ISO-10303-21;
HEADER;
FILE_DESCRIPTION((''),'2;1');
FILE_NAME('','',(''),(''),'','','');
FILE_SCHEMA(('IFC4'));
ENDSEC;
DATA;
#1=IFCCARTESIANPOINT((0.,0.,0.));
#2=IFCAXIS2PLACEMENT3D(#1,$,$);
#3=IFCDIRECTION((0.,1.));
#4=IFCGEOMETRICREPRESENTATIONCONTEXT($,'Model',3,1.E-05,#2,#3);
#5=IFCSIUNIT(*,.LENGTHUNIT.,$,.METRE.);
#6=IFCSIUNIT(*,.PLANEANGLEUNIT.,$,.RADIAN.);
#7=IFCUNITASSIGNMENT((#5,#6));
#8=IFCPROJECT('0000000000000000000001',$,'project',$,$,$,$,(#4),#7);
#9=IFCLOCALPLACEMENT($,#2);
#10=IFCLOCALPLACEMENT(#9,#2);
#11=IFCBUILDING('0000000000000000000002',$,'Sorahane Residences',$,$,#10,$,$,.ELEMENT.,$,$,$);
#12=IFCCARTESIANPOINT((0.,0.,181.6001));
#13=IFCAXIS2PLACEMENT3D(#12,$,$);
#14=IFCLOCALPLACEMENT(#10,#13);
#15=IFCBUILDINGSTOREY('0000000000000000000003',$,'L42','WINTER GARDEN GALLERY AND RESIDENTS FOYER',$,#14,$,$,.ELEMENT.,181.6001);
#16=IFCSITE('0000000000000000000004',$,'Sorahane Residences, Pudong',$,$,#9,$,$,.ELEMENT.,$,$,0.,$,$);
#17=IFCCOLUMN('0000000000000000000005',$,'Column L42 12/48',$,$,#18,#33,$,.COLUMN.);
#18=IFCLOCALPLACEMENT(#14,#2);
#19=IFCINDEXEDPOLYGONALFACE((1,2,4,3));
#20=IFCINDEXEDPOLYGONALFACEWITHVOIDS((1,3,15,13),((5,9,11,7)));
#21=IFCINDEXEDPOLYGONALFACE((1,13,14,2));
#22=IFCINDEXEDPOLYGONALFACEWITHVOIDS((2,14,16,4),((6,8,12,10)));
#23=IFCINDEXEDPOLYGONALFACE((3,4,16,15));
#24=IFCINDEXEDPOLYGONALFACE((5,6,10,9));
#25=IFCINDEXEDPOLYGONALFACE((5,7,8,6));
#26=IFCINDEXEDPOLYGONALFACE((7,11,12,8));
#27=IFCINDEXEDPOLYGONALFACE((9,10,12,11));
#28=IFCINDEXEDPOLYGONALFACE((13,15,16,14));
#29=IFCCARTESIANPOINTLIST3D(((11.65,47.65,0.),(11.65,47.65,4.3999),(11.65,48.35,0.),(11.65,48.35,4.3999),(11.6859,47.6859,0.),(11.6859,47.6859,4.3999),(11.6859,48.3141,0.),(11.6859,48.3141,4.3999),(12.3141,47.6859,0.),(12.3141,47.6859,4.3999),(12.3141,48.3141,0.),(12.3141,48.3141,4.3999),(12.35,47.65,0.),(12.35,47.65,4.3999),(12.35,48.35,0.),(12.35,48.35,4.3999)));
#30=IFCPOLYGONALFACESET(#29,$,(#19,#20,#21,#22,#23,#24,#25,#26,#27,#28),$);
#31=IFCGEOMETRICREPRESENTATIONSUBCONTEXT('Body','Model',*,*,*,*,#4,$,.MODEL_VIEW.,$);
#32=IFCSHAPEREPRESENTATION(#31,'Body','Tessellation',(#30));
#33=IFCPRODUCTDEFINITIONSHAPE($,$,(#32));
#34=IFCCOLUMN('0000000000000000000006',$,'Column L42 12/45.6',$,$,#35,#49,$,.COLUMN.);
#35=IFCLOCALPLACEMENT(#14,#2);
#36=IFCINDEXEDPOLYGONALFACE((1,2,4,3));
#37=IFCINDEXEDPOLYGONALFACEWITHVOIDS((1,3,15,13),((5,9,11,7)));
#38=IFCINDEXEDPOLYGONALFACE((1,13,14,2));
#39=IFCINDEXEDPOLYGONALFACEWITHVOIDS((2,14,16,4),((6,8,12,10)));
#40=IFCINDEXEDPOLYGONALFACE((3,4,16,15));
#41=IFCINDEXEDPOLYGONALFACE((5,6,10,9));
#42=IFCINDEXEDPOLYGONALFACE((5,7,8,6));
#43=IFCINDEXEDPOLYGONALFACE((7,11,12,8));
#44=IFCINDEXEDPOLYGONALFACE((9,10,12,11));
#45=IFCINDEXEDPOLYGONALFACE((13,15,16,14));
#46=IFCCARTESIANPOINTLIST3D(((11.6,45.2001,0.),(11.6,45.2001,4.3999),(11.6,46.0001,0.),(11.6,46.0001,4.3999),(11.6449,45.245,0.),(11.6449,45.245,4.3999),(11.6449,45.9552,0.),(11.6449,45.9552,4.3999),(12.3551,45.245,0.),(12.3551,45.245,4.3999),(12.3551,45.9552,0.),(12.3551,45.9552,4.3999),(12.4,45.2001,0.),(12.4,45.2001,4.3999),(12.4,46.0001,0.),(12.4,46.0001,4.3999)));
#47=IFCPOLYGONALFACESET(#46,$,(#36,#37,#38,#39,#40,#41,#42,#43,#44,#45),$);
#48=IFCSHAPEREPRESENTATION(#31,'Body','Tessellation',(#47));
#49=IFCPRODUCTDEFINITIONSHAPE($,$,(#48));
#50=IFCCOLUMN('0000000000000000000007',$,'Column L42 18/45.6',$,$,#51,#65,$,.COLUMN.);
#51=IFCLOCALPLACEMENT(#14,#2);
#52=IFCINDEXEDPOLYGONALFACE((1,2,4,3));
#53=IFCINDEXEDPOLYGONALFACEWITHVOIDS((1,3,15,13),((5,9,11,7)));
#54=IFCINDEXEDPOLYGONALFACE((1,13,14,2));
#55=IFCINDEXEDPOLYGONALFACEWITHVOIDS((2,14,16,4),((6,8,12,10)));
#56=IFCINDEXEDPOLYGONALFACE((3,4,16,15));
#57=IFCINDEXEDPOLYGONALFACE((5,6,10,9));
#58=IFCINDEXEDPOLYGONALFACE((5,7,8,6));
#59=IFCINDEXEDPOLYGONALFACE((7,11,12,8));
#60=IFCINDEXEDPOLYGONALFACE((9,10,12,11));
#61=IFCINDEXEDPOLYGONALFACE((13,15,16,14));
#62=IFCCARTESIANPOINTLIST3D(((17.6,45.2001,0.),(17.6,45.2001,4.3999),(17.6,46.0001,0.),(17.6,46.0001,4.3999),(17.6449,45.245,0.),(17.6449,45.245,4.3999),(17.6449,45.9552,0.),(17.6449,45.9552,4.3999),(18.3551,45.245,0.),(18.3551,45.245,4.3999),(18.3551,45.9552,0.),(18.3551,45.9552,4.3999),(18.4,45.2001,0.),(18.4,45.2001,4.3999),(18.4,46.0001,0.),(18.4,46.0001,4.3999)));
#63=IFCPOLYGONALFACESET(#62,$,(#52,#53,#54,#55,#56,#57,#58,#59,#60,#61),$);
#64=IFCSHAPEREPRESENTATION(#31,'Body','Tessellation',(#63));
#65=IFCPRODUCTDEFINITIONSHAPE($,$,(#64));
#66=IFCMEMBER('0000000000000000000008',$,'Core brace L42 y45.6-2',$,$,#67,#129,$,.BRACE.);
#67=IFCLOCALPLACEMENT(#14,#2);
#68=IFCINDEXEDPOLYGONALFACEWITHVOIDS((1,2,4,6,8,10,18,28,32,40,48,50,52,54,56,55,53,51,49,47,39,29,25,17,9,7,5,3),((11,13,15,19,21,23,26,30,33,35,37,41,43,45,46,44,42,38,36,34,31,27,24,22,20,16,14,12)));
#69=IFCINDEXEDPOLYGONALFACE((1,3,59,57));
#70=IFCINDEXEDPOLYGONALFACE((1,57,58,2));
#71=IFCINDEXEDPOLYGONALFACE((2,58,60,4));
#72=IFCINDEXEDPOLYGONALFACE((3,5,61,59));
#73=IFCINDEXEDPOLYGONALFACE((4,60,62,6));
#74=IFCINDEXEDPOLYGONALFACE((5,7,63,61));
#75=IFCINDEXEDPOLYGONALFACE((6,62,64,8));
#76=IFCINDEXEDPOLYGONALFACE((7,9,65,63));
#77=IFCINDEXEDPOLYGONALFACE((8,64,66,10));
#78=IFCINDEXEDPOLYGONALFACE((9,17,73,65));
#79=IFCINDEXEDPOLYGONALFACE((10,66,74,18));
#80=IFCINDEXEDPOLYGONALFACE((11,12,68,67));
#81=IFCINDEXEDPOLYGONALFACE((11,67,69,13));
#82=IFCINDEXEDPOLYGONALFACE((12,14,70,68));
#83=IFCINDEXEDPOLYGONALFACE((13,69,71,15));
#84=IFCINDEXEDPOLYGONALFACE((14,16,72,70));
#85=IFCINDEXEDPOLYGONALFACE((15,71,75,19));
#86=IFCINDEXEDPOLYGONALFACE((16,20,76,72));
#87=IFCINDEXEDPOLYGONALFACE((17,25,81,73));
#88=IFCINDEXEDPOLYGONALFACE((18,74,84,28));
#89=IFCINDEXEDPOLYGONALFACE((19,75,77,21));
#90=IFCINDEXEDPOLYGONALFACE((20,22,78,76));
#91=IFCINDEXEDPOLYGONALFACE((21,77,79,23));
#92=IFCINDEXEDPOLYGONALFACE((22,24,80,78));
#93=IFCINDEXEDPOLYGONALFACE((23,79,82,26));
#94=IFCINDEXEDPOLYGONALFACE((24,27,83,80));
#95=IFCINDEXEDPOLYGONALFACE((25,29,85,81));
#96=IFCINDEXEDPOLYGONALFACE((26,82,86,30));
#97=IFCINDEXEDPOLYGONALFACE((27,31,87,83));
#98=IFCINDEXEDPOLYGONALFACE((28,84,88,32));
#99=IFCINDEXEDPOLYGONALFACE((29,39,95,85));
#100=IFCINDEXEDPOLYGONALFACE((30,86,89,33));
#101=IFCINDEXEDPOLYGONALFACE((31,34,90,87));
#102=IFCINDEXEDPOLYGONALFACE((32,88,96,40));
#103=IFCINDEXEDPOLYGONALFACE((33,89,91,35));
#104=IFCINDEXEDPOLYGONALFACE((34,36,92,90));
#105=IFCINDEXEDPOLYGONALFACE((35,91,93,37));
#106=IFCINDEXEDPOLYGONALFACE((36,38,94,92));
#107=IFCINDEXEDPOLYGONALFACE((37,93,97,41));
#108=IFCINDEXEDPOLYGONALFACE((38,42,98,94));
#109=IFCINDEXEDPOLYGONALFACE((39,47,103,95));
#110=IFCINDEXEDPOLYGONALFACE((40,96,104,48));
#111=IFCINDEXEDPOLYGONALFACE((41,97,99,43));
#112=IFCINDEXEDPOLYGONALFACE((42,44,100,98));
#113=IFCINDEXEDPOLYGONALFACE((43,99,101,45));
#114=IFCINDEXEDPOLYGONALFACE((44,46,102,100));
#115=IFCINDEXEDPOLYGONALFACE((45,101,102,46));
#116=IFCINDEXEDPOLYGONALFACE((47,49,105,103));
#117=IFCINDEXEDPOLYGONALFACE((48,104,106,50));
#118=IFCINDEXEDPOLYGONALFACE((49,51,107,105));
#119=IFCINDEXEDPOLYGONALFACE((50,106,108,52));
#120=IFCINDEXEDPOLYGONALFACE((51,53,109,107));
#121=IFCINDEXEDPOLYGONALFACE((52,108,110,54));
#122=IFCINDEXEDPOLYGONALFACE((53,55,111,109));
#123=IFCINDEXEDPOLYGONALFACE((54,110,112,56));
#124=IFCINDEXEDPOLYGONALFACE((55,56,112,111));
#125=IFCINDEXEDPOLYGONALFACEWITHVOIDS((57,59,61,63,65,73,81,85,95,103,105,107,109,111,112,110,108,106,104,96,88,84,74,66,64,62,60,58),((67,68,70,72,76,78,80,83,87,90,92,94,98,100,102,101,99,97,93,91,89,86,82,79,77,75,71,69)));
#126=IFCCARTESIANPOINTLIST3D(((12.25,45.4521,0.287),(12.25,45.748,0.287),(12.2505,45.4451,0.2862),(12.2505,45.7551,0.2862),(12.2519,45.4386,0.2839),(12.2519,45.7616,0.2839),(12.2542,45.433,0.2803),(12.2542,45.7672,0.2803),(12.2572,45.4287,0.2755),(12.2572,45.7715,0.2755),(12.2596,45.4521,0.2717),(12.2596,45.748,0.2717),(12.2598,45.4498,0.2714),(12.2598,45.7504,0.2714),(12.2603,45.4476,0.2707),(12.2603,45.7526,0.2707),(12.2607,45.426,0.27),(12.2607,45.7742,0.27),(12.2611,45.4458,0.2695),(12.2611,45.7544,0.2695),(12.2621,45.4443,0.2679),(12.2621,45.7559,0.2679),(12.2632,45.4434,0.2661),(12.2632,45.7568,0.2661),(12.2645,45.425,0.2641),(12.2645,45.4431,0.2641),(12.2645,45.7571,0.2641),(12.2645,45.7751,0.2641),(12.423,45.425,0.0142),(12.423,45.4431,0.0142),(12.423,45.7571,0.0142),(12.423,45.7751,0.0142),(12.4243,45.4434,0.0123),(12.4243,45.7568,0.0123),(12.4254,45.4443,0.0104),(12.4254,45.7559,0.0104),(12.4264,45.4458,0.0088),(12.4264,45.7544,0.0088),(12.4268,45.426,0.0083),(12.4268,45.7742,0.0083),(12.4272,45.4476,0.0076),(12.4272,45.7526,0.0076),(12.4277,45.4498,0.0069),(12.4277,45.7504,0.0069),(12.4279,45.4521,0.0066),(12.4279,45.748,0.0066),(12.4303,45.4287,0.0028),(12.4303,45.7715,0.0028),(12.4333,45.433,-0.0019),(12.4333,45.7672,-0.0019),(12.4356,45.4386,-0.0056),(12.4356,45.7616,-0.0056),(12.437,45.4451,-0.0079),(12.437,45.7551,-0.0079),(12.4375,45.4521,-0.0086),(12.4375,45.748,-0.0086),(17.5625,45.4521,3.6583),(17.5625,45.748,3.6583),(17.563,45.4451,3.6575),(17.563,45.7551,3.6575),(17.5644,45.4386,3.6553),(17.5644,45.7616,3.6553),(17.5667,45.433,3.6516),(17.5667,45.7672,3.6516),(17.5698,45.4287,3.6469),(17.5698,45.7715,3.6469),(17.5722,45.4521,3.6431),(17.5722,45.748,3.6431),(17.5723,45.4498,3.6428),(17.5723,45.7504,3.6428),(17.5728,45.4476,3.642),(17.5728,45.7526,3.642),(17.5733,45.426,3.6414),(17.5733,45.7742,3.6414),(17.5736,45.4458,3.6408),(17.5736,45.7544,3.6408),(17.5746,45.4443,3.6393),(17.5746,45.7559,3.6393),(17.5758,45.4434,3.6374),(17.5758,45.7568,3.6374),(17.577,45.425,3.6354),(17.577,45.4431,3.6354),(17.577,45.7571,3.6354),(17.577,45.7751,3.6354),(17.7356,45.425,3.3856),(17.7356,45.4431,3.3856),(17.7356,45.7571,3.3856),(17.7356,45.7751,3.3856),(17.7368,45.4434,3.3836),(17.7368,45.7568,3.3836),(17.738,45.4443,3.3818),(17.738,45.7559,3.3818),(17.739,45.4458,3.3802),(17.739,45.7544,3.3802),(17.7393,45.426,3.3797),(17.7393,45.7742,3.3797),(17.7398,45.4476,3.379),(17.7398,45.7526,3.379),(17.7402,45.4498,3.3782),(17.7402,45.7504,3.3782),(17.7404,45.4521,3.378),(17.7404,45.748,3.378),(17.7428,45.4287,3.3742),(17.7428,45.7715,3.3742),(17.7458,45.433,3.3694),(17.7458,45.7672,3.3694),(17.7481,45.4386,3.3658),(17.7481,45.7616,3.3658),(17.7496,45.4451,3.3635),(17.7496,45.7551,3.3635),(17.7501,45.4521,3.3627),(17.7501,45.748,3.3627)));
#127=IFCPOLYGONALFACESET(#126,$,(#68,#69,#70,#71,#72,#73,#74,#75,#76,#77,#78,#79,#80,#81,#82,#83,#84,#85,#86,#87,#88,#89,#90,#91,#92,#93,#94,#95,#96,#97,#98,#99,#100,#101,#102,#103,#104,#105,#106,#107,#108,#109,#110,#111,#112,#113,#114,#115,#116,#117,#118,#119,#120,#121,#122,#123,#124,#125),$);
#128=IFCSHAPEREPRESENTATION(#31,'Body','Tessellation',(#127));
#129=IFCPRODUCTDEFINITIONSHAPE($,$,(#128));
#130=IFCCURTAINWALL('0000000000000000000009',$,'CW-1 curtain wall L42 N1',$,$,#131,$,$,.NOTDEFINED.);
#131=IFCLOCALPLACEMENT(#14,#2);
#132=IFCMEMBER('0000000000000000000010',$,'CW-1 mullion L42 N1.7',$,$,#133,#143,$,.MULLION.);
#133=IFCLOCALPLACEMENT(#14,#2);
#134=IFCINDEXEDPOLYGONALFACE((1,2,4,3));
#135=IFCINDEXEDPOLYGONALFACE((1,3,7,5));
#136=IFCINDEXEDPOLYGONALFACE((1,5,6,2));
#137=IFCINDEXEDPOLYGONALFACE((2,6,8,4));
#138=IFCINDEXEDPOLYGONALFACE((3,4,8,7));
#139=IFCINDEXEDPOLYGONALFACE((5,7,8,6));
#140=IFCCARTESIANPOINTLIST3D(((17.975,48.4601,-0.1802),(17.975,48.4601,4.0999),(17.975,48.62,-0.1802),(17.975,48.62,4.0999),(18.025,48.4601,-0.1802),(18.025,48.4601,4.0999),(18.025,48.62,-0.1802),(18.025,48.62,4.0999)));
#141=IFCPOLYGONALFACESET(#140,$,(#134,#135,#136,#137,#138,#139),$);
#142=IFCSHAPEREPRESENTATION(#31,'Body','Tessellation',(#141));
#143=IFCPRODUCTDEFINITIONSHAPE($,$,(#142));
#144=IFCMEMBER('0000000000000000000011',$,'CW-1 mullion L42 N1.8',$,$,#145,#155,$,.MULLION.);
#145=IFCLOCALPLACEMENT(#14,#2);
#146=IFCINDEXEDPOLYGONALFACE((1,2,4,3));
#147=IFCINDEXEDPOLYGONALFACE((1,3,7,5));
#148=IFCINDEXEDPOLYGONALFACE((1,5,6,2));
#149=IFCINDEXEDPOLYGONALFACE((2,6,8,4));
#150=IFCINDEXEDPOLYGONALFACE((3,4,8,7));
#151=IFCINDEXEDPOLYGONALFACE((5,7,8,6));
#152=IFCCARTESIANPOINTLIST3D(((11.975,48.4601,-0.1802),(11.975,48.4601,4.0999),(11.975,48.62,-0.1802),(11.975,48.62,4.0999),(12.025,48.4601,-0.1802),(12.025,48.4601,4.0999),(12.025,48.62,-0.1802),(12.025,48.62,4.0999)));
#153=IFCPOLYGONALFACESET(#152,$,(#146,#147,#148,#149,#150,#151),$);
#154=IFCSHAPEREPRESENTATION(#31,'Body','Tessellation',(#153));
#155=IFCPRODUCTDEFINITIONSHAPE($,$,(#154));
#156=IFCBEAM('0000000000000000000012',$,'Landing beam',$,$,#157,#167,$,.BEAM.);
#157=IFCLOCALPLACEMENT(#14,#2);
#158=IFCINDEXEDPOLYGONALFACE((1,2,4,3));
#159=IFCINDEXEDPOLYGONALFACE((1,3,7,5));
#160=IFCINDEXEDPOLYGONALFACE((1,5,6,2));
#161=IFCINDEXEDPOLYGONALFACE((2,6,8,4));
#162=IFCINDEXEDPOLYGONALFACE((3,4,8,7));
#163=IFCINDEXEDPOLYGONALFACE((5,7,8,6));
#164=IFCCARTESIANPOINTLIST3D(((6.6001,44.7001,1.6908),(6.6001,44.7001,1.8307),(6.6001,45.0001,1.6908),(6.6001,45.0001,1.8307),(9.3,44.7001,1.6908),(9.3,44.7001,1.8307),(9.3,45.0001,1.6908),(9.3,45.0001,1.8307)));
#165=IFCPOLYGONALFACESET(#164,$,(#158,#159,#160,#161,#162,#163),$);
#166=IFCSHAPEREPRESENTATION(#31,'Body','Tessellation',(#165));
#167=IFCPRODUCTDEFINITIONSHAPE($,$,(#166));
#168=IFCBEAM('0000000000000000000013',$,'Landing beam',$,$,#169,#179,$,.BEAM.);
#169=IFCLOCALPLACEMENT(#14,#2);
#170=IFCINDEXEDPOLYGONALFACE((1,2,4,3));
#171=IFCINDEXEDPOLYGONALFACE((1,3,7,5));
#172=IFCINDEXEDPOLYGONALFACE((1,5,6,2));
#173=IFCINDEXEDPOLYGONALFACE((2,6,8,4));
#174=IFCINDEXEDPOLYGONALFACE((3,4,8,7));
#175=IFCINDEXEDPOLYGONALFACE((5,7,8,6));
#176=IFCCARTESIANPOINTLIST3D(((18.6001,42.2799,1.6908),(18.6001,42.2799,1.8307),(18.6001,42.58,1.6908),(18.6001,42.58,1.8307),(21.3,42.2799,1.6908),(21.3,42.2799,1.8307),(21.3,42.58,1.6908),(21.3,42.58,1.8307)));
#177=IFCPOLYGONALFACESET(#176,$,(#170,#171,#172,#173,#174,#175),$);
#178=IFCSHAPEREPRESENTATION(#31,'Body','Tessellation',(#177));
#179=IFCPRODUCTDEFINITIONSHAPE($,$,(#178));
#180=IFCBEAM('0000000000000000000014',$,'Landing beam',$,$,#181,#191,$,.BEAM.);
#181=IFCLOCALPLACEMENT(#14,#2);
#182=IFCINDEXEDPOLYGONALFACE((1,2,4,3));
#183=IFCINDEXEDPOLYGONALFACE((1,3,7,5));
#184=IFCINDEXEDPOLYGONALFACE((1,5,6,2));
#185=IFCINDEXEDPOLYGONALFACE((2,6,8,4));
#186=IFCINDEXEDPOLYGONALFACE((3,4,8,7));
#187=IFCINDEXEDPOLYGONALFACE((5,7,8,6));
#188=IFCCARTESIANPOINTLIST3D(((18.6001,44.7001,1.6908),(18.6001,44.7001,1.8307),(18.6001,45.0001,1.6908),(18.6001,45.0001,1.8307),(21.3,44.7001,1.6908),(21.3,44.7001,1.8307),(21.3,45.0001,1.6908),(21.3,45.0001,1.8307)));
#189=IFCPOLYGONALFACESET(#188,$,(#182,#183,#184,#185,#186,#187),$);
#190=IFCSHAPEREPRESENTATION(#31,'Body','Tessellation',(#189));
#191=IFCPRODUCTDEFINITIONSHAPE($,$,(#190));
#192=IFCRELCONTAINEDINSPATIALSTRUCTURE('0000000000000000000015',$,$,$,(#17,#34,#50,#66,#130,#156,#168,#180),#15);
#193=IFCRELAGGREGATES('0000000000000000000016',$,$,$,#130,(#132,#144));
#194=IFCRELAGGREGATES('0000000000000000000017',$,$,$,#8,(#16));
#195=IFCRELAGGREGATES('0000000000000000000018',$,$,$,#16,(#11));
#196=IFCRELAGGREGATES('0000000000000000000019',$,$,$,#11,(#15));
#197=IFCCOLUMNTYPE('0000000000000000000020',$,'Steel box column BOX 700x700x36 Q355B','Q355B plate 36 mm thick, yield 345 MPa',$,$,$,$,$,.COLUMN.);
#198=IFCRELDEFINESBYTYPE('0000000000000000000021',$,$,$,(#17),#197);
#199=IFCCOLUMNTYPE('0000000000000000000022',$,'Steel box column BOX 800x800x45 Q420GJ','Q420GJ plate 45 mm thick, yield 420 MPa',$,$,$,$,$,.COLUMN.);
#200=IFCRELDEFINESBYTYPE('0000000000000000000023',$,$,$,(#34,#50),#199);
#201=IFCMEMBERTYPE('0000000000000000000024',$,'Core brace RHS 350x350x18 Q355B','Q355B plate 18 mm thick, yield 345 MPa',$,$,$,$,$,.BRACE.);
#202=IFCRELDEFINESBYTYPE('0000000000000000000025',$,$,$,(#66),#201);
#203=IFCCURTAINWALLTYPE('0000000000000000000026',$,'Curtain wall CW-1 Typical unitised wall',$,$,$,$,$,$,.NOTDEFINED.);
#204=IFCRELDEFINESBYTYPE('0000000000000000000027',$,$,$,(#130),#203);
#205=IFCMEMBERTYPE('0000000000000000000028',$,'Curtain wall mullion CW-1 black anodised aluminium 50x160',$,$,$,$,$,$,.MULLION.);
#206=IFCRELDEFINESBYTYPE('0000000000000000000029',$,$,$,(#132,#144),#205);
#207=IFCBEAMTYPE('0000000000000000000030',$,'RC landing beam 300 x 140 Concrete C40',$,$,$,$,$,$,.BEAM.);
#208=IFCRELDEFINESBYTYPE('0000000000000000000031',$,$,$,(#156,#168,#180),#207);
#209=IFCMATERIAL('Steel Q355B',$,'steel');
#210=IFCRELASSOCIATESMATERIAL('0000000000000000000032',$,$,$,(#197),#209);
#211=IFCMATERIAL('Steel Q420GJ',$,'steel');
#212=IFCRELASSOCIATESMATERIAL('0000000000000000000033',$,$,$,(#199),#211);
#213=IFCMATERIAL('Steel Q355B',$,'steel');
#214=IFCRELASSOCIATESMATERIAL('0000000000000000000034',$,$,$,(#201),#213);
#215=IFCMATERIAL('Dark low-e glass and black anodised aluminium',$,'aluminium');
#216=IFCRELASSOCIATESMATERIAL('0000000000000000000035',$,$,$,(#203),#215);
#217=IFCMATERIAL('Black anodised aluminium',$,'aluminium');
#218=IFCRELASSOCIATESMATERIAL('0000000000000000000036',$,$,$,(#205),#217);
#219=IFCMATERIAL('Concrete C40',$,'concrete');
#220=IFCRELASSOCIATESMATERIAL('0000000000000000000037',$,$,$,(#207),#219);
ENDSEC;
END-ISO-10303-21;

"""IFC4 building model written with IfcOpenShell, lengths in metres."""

from ifc_helpers import new_model, si_unit, direction, frame, origin, origin_2d, place, context, subcontext, project, spatial, rectangle, hollow_rectangle, extrude, material, material_profile, profile_set, type_object, element, aggregate, save


model = new_model("IFC4")

# Units and contexts
model_context = context("Model", 3, precision=1e-05, world=origin(), true_north=direction((0.0, 1.0)))
body_context = subcontext(model_context, "Body", "Model", "MODEL_VIEW")
ifc_project = project(units=[si_unit("LENGTHUNIT", "METRE"), si_unit("PLANEANGLEUNIT", "RADIAN")], contexts=[model_context])

# Site, building, storey
site_placement = place(None, origin())
site = spatial("IfcSite", under=ifc_project, at=site_placement, Name="Sorahane Residences, Pudong", CompositionType="ELEMENT", RefElevation=0.0)
building_placement = place(site_placement, origin())
building = spatial("IfcBuilding", under=site, at=building_placement, Name="Sorahane Residences", CompositionType="ELEMENT")
storey_placement = place(building_placement, frame((0.0, 0.0, 181.6001)))
storey = spatial("IfcBuildingStorey", under=building, at=storey_placement, Name="L42", Description="WINTER GARDEN GALLERY AND RESIDENTS FOYER", CompositionType="ELEMENT", Elevation=181.6001)

# Columns
ifc_material_1 = material(Name="Steel Q355B", Category="steel")
ifc_material_profile_1 = material_profile(ifc_material_1, hollow_rectangle(XDim=0.7, YDim=0.7, WallThickness=0.0359, at=origin_2d()), Name="BOX 700x700x36")
ifc_profile_set_1 = profile_set([ifc_material_profile_1], Name="Steel Q355B")
column_type_1 = type_object("IfcColumnType", Name="Steel box column BOX 700x700x36 Q355B", Description="Q355B plate 36 mm thick, yield 345 MPa", PredefinedType="COLUMN", material=ifc_profile_set_1)
column_placement = place(storey_placement, frame((12.0, 48.0, 0.0), z_axis=(0.0, 0.0, 1.0), x_axis=(1.0, 0.0, 0.0)))
element("IfcColumn", 1, at=column_placement, inside=storey, type_object=column_type_1, Name="Column L42 12/48", PredefinedType="COLUMN", context=body_context, shape_type="SweptSolid", body=[
    extrude(hollow_rectangle(XDim=0.7, YDim=0.7, WallThickness=0.0359, at=origin_2d()), origin(), (0.0, 0.0, 1.0), 4.3999),
])
ifc_material_2 = material(Name="Steel Q420GJ", Category="steel")
ifc_material_profile_2 = material_profile(ifc_material_2, hollow_rectangle(XDim=0.8, YDim=0.8, WallThickness=0.0449, at=origin_2d()), Name="BOX 800x800x45")
ifc_profile_set_2 = profile_set([ifc_material_profile_2], Name="Steel Q420GJ")
column_type_2 = type_object("IfcColumnType", Name="Steel box column BOX 800x800x45 Q420GJ", Description="Q420GJ plate 45 mm thick, yield 420 MPa", PredefinedType="COLUMN", material=ifc_profile_set_2)
for number, where, z_axis, x_axis, name in (
    (2, (12.0, 45.6001, 0.0), (0.0, 0.0, 1.0), (1.0, 0.0, 0.0), "Column L42 12/45.6"),
    (3, (18.0, 45.6001, 0.0), (0.0, 0.0, 1.0), (1.0, 0.0, 0.0), "Column L42 18/45.6"),
):
    element("IfcColumn", number, at=place(storey_placement, frame(where, z_axis=z_axis, x_axis=x_axis)), inside=storey, type_object=column_type_2, Name=name, PredefinedType="COLUMN", context=body_context, shape_type="SweptSolid", body=[
        extrude(hollow_rectangle(XDim=0.8, YDim=0.8, WallThickness=0.0449, at=origin_2d()), origin(), (0.0, 0.0, 1.0), 4.3999),
    ])

# Member
ifc_material_3 = material(Name="Steel Q355B", Category="steel")
ifc_material_profile_3 = material_profile(ifc_material_3, hollow_rectangle(XDim=0.3501, YDim=0.3501, WallThickness=0.0181, InnerFilletRadius=0.009, OuterFilletRadius=0.0271, at=origin_2d()), Name="RHS 350x350x18")
ifc_profile_set_3 = profile_set([ifc_material_profile_3], Name="Steel Q355B")
member_type_1 = type_object("IfcMemberType", Name="Core brace RHS 350x350x18 Q355B", Description="Q355B plate 18 mm thick, yield 345 MPa", PredefinedType="BRACE", material=ifc_profile_set_3)
member_1_placement = place(storey_placement, frame((12.3438, 45.6001, 0.1392), z_axis=(0.844333, 0.0, 0.535818), x_axis=(0.0, 1.0, 0.0)))
element("IfcMember", 4, at=member_1_placement, inside=storey, type_object=member_type_1, Name="Core brace L42 y45.6-2", PredefinedType="BRACE", context=body_context, shape_type="SweptSolid", body=[
    extrude(hollow_rectangle(XDim=0.3501, YDim=0.3501, WallThickness=0.0181, InnerFilletRadius=0.009, OuterFilletRadius=0.0271, at=origin_2d()), origin(), (0.0, 0.0, 1.0), 6.292),
])

# Curtain wall, members
ifc_material_4 = material(Name="Dark low-e glass and black anodised aluminium", Category="aluminium")
curtain_wall_type = type_object("IfcCurtainWallType", Name="Curtain wall CW-1 Typical unitised wall", PredefinedType="NOTDEFINED", material=ifc_material_4)
curtain_wall_placement = place(storey_placement, origin())
curtain_wall = element("IfcCurtainWall", 5, at=curtain_wall_placement, inside=storey, type_object=curtain_wall_type, Name="CW-1 curtain wall L42 N1", PredefinedType="NOTDEFINED")
ifc_material_5 = material(Name="Black anodised aluminium", Category="aluminium")
ifc_material_profile_4 = material_profile(ifc_material_5, rectangle(XDim=0.1599, YDim=0.05, at=origin_2d()), Name="Curtain wall mullion CW-1 black anodised aluminium 50x160")
ifc_profile_set_4 = profile_set([ifc_material_profile_4], Name="Black anodised aluminium")
member_type_2 = type_object("IfcMemberType", Name="Curtain wall mullion CW-1 black anodised aluminium 50x160", PredefinedType="MULLION", material=ifc_profile_set_4)
member_2_placement = place(storey_placement, frame((18.0, 48.54, -0.1802), z_axis=(0.0, 0.0, 1.0), x_axis=(0.0, 1.0, 0.0)))
member_2 = element("IfcMember", 6, at=member_2_placement, type_object=member_type_2, Name="CW-1 mullion L42 N1.7", PredefinedType="MULLION", context=body_context, shape_type="SweptSolid", body=[
    extrude(rectangle(XDim=0.1599, YDim=0.05, at=origin_2d()), origin(), (0.0, 0.0, 1.0), 4.28),
])
member_3_placement = place(storey_placement, frame((12.0, 48.54, -0.1802), z_axis=(0.0, 0.0, 1.0), x_axis=(0.0, 1.0, 0.0)))
member_3 = element("IfcMember", 7, at=member_3_placement, type_object=member_type_2, Name="CW-1 mullion L42 N1.8", PredefinedType="MULLION", context=body_context, shape_type="SweptSolid", body=[
    extrude(rectangle(XDim=0.1599, YDim=0.05, at=origin_2d()), origin(), (0.0, 0.0, 1.0), 4.28),
])

# Beams
ifc_material_6 = material(Name="Concrete C40", Category="concrete")
ifc_material_profile_5 = material_profile(ifc_material_6, rectangle(XDim=0.3, YDim=0.1399, at=origin_2d()), Name="300x140")
ifc_profile_set_5 = profile_set([ifc_material_profile_5], Name="Concrete C40")
beam_type_1 = type_object("IfcBeamType", Name="RC landing beam 300 x 140 Concrete C40", PredefinedType="BEAM", material=ifc_profile_set_5)
for number, where, z_axis, x_axis, name in (
    (8, (6.6001, 44.8501, 1.7607), (1.0, 0.0, 0.0), (0.0, 1.0, 0.0), "Landing beam"),
    (9, (18.6001, 42.4299, 1.7607), (1.0, 0.0, 0.0), (0.0, 1.0, 0.0), "Landing beam"),
    (10, (18.6001, 44.8501, 1.7607), (1.0, 0.0, 0.0), (0.0, 1.0, 0.0), "Landing beam"),
):
    element("IfcBeam", number, at=place(storey_placement, frame(where, z_axis=z_axis, x_axis=x_axis)), inside=storey, type_object=beam_type_1, Name=name, PredefinedType="BEAM", context=body_context, shape_type="SweptSolid", body=[
        extrude(rectangle(XDim=0.3, YDim=0.1399, at=origin_2d()), origin(), (0.0, 0.0, 1.0), 2.7),
    ])

aggregate(curtain_wall, [member_2, member_3])

save(model, "model.ifc")
